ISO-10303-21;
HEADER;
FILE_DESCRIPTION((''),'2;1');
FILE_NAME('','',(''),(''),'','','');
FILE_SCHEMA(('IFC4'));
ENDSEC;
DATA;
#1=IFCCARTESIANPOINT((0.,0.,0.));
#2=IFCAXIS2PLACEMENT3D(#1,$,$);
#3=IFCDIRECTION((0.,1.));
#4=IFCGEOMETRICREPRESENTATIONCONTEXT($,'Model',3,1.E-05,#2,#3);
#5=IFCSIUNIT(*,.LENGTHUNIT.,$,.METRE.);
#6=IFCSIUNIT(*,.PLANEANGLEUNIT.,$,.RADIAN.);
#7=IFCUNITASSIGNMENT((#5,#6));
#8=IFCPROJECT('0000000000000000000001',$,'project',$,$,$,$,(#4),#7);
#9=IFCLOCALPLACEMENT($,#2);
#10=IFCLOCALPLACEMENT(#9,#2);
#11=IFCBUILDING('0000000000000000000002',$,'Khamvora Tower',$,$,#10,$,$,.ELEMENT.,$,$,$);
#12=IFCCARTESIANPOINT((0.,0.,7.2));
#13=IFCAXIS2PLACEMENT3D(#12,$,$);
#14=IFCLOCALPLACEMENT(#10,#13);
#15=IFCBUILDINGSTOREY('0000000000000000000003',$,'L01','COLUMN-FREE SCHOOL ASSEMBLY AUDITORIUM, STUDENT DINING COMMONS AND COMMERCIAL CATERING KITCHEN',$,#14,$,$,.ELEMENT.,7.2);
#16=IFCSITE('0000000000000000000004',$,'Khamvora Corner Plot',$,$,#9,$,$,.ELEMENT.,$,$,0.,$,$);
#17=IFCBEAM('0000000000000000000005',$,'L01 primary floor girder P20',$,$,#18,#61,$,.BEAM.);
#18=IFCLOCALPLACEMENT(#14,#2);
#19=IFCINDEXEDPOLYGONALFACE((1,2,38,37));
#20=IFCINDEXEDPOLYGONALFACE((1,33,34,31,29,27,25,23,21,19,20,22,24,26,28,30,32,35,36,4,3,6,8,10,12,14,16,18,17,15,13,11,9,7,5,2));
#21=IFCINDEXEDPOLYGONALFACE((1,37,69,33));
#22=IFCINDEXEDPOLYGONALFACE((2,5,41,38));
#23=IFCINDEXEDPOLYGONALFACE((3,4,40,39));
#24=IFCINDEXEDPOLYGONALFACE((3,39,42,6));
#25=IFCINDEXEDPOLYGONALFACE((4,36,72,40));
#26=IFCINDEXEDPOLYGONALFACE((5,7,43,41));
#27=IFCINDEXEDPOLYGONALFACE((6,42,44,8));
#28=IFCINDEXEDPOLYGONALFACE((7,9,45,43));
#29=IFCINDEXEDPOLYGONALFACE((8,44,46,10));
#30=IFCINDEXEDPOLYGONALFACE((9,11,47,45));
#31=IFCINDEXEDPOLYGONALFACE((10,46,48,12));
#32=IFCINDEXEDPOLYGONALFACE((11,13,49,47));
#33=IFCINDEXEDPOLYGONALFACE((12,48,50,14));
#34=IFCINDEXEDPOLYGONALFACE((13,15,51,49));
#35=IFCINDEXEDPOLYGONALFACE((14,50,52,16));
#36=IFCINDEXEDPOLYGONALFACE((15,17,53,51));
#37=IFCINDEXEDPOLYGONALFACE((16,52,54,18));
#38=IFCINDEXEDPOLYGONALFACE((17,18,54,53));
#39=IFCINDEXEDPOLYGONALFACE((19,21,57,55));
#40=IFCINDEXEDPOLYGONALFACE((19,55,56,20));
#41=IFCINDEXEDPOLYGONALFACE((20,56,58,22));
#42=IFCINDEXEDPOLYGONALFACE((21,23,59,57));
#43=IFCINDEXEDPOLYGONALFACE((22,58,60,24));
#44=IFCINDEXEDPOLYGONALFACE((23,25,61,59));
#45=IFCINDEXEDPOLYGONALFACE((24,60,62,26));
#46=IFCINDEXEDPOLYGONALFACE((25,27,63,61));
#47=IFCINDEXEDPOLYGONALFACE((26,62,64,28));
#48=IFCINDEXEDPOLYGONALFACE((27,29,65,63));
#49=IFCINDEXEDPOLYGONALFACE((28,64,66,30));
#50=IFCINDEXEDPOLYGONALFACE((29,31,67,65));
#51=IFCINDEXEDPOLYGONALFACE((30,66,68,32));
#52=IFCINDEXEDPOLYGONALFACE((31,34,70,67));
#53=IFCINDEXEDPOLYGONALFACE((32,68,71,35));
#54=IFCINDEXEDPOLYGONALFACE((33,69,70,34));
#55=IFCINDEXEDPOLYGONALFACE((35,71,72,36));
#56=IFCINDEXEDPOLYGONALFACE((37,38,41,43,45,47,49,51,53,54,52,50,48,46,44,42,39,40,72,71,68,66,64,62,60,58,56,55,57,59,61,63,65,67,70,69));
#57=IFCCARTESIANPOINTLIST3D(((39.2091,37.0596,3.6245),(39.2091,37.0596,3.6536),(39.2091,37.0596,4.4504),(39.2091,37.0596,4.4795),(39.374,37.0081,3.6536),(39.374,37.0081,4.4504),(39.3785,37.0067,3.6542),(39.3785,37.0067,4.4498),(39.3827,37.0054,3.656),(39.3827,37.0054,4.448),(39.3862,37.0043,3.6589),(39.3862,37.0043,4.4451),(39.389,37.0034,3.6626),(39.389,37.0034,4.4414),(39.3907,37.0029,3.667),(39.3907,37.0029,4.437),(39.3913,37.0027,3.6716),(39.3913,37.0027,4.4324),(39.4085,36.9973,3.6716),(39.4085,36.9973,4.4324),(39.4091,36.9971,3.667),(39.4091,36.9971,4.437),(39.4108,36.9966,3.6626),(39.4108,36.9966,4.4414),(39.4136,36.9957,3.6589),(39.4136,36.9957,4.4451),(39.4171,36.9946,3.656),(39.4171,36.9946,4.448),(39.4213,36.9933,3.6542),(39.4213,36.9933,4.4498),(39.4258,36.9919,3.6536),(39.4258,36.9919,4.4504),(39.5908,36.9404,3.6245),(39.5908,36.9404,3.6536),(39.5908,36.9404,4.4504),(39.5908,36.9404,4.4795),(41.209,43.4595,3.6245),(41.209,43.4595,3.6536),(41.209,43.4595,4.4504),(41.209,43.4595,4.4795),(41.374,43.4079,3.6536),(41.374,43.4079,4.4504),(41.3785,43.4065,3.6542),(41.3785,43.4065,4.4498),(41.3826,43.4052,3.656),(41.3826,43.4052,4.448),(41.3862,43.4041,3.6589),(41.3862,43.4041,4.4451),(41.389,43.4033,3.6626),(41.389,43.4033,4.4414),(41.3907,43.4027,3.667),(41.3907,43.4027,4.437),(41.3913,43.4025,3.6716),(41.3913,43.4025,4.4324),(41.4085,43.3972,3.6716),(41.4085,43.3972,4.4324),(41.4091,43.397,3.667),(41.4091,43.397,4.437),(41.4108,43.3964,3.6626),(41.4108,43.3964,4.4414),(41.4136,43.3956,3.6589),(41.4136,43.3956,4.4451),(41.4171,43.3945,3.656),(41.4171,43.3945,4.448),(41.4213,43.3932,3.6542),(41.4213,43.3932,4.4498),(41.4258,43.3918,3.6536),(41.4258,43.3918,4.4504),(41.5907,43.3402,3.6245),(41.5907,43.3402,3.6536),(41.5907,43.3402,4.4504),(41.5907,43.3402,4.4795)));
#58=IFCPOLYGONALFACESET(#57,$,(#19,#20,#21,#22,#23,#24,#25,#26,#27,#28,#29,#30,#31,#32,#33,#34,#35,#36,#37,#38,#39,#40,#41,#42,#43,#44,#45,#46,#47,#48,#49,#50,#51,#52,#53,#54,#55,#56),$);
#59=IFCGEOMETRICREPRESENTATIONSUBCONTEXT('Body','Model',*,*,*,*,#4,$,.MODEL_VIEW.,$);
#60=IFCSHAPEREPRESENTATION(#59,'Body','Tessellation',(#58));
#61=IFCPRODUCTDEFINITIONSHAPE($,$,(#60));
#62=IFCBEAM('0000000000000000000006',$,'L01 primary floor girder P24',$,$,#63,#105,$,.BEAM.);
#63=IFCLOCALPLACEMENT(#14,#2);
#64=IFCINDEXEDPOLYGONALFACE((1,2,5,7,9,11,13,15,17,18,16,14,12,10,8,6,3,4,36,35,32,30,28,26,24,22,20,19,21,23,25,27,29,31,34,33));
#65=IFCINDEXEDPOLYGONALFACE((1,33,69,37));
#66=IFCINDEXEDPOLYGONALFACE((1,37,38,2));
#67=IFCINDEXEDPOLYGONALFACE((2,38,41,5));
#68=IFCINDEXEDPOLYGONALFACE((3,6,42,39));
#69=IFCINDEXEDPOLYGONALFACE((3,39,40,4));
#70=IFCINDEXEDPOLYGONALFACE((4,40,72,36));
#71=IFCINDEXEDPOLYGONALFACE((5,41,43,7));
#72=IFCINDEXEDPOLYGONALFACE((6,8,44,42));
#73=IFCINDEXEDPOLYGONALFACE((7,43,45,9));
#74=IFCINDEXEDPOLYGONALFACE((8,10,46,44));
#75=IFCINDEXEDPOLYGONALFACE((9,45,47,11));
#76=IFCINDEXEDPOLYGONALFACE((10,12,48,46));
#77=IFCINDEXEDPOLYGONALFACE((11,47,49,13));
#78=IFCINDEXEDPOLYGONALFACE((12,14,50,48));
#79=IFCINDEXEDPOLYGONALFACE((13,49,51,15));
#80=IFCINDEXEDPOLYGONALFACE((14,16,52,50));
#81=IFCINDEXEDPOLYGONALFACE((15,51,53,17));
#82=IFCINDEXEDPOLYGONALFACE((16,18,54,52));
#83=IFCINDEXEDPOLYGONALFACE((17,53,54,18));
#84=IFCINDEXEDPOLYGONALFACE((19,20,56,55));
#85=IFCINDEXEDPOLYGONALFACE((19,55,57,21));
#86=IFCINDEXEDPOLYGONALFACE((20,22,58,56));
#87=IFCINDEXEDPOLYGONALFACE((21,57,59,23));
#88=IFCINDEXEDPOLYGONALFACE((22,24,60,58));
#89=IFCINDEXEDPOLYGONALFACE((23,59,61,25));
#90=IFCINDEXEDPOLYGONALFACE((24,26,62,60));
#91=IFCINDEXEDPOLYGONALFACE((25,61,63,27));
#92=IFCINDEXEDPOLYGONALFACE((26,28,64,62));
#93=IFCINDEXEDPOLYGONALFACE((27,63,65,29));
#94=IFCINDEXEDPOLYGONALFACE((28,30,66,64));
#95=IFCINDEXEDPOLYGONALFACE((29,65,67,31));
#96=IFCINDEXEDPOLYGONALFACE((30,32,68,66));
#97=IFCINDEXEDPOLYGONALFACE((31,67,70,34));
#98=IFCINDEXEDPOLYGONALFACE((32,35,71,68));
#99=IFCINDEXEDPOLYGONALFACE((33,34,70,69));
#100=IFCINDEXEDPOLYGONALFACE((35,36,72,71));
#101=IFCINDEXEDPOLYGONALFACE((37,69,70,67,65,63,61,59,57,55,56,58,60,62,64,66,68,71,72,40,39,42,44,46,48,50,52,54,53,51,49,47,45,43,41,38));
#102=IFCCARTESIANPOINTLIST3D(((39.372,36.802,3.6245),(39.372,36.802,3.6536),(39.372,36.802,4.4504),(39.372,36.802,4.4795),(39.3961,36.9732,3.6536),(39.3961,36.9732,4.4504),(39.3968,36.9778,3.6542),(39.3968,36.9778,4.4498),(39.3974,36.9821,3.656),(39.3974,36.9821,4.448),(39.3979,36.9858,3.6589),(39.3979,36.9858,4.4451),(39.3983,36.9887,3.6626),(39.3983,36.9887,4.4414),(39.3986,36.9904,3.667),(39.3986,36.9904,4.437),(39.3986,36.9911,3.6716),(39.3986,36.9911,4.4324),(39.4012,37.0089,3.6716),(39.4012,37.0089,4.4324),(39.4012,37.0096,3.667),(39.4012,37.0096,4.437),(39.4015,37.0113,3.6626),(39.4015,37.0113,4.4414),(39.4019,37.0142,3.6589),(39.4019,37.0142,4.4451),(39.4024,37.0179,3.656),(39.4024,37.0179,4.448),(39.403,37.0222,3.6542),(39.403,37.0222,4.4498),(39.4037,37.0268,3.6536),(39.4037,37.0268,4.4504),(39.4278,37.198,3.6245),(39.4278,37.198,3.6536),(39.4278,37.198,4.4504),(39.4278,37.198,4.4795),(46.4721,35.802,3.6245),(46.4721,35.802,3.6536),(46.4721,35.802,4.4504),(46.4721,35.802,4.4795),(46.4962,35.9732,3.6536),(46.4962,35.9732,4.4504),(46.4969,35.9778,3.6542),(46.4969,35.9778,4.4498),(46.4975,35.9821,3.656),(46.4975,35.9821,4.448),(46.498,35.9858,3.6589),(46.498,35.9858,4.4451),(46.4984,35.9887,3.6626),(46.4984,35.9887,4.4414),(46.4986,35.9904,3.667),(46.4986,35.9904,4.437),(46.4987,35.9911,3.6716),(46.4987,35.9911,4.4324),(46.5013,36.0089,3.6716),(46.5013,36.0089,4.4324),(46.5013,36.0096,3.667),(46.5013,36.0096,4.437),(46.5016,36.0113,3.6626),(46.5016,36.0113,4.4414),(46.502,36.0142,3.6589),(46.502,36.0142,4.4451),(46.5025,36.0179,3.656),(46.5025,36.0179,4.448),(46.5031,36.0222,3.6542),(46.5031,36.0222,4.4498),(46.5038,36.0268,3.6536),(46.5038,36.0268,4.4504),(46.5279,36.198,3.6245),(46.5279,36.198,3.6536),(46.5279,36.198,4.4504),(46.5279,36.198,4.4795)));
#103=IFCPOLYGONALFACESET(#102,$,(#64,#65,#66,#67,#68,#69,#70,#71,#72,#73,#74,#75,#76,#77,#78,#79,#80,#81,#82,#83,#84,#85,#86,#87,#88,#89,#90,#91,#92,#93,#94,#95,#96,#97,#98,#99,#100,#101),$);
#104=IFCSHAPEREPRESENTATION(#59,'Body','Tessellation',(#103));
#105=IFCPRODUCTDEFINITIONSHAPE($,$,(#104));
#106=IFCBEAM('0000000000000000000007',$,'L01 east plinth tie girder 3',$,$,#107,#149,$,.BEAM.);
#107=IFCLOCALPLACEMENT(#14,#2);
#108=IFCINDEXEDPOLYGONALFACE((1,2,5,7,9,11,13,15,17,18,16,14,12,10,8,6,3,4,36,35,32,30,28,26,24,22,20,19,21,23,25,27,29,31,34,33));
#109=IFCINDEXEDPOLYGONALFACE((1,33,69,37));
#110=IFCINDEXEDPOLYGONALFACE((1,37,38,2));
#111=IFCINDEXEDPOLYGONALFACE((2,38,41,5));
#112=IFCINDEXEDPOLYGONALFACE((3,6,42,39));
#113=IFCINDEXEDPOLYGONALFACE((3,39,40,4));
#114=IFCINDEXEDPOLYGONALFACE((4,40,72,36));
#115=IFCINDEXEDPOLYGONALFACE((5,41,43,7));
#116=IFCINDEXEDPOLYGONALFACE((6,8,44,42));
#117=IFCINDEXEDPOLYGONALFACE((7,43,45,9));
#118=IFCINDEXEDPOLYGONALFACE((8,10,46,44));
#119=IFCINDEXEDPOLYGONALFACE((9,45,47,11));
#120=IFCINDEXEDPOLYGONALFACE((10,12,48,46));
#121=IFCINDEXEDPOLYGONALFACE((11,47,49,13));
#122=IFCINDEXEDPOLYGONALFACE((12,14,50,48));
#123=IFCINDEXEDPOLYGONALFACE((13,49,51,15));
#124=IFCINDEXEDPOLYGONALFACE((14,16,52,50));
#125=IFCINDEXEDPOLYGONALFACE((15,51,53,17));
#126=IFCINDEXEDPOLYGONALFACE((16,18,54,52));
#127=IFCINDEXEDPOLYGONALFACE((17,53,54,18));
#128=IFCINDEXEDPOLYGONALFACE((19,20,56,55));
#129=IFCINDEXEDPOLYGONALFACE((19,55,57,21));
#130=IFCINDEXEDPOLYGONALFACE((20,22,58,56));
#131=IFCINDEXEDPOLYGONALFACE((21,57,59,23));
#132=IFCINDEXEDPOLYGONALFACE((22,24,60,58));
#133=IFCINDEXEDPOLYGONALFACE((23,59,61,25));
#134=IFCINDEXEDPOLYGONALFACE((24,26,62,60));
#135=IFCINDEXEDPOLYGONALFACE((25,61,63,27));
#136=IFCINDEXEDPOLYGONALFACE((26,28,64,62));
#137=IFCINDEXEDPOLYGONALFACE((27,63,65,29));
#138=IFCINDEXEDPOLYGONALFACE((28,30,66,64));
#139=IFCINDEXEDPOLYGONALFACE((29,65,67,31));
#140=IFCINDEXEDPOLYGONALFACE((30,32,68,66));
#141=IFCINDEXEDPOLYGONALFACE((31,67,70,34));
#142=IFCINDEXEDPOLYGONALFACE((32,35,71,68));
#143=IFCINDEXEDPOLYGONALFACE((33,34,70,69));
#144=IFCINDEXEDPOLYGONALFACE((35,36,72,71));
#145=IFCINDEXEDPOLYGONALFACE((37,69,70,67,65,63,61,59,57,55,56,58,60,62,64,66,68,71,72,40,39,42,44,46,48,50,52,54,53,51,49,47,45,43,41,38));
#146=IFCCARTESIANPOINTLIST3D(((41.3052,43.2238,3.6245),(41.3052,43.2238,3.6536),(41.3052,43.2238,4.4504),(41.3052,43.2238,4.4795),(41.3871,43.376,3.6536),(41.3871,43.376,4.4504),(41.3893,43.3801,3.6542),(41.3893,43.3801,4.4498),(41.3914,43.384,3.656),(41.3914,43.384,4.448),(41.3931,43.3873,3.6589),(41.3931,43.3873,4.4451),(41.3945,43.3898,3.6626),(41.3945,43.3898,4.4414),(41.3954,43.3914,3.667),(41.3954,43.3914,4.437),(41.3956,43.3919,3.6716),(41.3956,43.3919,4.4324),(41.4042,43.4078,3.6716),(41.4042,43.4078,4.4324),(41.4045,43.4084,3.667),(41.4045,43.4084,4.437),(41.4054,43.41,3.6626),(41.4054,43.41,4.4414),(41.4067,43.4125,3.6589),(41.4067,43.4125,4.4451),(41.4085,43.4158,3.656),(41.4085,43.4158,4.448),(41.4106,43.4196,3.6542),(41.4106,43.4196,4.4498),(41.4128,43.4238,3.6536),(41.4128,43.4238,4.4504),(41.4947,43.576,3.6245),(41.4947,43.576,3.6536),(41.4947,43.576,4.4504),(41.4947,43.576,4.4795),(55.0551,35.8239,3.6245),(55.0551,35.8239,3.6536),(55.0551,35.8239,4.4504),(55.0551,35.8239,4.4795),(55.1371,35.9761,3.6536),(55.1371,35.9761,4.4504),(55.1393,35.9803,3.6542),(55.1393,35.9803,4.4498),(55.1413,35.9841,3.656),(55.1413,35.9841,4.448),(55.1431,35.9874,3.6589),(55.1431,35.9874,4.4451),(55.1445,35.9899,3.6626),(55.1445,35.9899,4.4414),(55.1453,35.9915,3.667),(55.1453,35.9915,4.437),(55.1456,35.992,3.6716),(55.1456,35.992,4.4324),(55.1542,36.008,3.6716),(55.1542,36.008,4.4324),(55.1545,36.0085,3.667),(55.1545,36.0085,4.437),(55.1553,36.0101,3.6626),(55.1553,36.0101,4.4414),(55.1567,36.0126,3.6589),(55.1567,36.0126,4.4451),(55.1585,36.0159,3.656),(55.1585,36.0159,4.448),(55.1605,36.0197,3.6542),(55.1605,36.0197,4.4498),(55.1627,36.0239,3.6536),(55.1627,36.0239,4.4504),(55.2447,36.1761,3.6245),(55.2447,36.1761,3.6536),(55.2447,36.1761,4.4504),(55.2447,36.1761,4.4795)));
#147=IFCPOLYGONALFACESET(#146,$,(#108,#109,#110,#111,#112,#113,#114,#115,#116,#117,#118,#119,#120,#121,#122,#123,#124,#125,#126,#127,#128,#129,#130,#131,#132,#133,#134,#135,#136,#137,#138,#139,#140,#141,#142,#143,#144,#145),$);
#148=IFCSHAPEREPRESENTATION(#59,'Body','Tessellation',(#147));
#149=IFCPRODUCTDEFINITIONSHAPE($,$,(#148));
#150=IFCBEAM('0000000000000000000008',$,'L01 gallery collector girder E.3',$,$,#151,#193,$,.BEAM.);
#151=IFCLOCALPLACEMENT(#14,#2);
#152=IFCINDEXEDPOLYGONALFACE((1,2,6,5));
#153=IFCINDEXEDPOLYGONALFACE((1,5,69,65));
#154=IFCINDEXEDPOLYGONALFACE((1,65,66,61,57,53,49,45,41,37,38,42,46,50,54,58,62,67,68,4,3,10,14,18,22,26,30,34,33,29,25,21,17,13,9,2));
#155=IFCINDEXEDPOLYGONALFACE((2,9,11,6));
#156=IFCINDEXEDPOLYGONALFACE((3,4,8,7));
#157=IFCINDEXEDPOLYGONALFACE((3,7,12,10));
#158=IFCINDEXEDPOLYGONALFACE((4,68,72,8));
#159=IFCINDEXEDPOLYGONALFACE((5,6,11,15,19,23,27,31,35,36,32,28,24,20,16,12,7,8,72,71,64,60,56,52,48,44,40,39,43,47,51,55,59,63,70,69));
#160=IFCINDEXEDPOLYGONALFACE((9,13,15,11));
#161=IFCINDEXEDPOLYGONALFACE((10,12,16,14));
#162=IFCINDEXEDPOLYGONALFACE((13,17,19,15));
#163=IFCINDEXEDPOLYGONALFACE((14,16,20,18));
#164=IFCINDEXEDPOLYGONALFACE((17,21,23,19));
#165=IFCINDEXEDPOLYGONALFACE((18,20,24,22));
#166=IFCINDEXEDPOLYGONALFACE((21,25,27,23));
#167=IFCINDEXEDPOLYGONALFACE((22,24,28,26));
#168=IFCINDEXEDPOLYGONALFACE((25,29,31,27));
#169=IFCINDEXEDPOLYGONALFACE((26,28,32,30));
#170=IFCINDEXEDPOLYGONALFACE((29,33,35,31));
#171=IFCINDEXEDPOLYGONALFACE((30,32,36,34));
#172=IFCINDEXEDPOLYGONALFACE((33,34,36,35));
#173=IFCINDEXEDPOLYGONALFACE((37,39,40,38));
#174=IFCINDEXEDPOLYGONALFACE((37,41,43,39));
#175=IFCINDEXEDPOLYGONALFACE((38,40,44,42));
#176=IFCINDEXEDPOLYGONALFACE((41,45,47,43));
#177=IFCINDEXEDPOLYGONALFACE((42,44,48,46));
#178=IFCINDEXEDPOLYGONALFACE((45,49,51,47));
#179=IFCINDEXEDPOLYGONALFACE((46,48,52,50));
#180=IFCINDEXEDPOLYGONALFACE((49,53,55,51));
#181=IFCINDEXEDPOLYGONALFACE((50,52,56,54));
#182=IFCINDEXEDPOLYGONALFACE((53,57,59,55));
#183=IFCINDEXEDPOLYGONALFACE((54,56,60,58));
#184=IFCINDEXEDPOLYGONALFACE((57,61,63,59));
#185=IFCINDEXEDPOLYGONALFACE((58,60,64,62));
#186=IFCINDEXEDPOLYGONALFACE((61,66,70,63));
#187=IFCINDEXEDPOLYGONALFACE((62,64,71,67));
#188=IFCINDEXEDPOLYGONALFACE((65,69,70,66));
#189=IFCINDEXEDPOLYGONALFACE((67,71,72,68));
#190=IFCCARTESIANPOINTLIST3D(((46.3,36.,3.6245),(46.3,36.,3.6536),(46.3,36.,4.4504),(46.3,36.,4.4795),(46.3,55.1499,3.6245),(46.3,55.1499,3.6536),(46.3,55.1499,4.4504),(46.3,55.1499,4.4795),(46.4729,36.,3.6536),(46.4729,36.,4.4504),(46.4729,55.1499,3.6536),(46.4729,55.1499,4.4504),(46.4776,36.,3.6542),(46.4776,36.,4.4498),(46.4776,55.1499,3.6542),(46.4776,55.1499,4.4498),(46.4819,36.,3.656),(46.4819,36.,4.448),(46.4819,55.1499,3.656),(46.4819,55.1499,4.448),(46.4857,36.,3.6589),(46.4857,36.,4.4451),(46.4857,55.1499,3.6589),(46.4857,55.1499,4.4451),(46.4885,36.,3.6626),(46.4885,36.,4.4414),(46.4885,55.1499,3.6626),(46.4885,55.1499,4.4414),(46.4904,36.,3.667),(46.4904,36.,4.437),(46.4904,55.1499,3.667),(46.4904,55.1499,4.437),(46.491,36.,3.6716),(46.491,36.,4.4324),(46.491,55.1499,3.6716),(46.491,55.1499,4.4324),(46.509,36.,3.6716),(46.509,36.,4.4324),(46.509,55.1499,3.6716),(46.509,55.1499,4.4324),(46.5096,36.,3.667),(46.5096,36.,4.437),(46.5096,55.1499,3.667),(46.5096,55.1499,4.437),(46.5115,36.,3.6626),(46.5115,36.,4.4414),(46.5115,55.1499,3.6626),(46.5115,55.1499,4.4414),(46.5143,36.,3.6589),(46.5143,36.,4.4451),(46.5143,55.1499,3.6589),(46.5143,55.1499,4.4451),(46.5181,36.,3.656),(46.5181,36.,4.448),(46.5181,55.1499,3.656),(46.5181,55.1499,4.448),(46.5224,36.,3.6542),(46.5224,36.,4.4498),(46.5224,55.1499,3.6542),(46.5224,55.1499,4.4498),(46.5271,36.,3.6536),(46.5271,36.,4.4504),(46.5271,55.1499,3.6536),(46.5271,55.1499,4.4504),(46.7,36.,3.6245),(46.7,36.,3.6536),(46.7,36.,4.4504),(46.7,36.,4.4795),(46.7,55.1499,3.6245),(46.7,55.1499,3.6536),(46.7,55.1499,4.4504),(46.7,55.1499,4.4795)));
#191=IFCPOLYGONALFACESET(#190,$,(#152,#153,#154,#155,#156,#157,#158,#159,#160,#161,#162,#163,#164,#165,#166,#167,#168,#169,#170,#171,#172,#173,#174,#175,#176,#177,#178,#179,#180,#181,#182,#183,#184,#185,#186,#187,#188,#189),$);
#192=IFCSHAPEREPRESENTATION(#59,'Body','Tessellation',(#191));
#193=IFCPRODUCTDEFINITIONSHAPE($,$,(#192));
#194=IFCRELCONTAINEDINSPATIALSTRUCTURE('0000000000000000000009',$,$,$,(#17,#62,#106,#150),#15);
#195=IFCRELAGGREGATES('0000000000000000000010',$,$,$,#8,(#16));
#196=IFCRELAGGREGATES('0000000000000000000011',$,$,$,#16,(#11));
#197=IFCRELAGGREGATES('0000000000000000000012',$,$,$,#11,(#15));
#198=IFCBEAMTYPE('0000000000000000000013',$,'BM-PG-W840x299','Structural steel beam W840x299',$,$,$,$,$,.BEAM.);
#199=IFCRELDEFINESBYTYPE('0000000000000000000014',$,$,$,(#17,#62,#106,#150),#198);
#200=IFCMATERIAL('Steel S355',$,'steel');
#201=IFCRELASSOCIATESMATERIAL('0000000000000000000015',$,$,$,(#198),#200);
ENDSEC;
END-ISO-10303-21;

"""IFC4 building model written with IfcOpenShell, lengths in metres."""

from ifc_helpers import new_model, si_unit, direction, frame, origin, origin_2d, place, context, subcontext, project, spatial, i_section, extrude, material, material_profile, profile_set, type_object, element, save


model = new_model("IFC4")

# Units and contexts
model_context = context("Model", 3, precision=1e-05, world=origin(), true_north=direction((0.0, 1.0)))
body_context = subcontext(model_context, "Body", "Model", "MODEL_VIEW")
ifc_project = project(units=[si_unit("LENGTHUNIT", "METRE"), si_unit("PLANEANGLEUNIT", "RADIAN")], contexts=[model_context])

# Site, building, storey
site_placement = place(None, origin())
site = spatial("IfcSite", under=ifc_project, at=site_placement, Name="Khamvora Corner Plot", CompositionType="ELEMENT", RefElevation=0.0)
building_placement = place(site_placement, origin())
building = spatial("IfcBuilding", under=site, at=building_placement, Name="Khamvora Tower", CompositionType="ELEMENT")
storey_placement = place(building_placement, frame((0.0, 0.0, 7.2)))
storey = spatial("IfcBuildingStorey", under=building, at=storey_placement, Name="L01", Description="COLUMN-FREE SCHOOL ASSEMBLY AUDITORIUM, STUDENT DINING COMMONS AND COMMERCIAL CATERING KITCHEN", CompositionType="ELEMENT", Elevation=7.2)

# Beams
ifc_material_1 = material(Name="Steel S355", Category="steel")
ifc_material_profile_1 = material_profile(ifc_material_1, i_section(OverallWidth=0.3999, OverallDepth=0.855, WebThickness=0.0181, FlangeThickness=0.0291, FilletRadius=0.0181, at=origin_2d()), Name="W840x299")
ifc_profile_set_1 = profile_set([ifc_material_profile_1], Name="Steel S355")
beam_type_1 = type_object("IfcBeamType", Name="BM-PG-W840x299", Description="Structural steel beam W840x299", PredefinedType="BEAM", material=ifc_profile_set_1)
beam_1_placement = place(storey_placement, frame((39.3999, 37.0, 4.052), z_axis=(0.298279, 0.954479, 0.0), x_axis=(-0.954479, 0.298279, 0.0)))
element("IfcBeam", 1, at=beam_1_placement, inside=storey, type_object=beam_type_1, Name="L01 primary floor girder P20", PredefinedType="BEAM", context=body_context, shape_type="SweptSolid", body=[
    extrude(i_section(OverallWidth=0.3999, OverallDepth=0.855, WebThickness=0.0181, FlangeThickness=0.0291, FilletRadius=0.0181, at=origin_2d()), origin(), (0.0, 0.0, 1.0), 6.7051),
])
beam_2_placement = place(storey_placement, frame((39.3999, 37.0, 4.052), z_axis=(0.990227, -0.139467, 0.0), x_axis=(0.139467, 0.990227, 0.0)))
element("IfcBeam", 2, at=beam_2_placement, inside=storey, type_object=beam_type_1, Name="L01 primary floor girder P24", PredefinedType="BEAM", context=body_context, shape_type="SweptSolid", body=[
    extrude(i_section(OverallWidth=0.3999, OverallDepth=0.855, WebThickness=0.0181, FlangeThickness=0.0291, FilletRadius=0.0181, at=origin_2d()), origin(), (0.0, 0.0, 1.0), 7.1702),
])
beam_3_placement = place(storey_placement, frame((55.1499, 36.0, 4.052), z_axis=(-0.880577, 0.473904, 0.0), x_axis=(-0.473904, -0.880577, 0.0)))
element("IfcBeam", 3, at=beam_3_placement, inside=storey, type_object=beam_type_1, Name="L01 east plinth tie girder 3", PredefinedType="BEAM", context=body_context, shape_type="SweptSolid", body=[
    extrude(i_section(OverallWidth=0.3999, OverallDepth=0.855, WebThickness=0.0181, FlangeThickness=0.0291, FilletRadius=0.0181, at=origin_2d()), origin(), (0.0, 0.0, 1.0), 15.6147),
])
beam_4_placement = place(storey_placement, frame((46.5, 36.0, 4.052), z_axis=(0.0, 1.0, 0.0), x_axis=(-1.0, 0.0, 0.0)))
element("IfcBeam", 4, at=beam_4_placement, inside=storey, type_object=beam_type_1, Name="L01 gallery collector girder E.3", PredefinedType="BEAM", context=body_context, shape_type="SweptSolid", body=[
    extrude(i_section(OverallWidth=0.3999, OverallDepth=0.855, WebThickness=0.0181, FlangeThickness=0.0291, FilletRadius=0.0181, at=origin_2d()), origin(), (0.0, 0.0, 1.0), 19.1499),
])

save(model, "model.ifc")
